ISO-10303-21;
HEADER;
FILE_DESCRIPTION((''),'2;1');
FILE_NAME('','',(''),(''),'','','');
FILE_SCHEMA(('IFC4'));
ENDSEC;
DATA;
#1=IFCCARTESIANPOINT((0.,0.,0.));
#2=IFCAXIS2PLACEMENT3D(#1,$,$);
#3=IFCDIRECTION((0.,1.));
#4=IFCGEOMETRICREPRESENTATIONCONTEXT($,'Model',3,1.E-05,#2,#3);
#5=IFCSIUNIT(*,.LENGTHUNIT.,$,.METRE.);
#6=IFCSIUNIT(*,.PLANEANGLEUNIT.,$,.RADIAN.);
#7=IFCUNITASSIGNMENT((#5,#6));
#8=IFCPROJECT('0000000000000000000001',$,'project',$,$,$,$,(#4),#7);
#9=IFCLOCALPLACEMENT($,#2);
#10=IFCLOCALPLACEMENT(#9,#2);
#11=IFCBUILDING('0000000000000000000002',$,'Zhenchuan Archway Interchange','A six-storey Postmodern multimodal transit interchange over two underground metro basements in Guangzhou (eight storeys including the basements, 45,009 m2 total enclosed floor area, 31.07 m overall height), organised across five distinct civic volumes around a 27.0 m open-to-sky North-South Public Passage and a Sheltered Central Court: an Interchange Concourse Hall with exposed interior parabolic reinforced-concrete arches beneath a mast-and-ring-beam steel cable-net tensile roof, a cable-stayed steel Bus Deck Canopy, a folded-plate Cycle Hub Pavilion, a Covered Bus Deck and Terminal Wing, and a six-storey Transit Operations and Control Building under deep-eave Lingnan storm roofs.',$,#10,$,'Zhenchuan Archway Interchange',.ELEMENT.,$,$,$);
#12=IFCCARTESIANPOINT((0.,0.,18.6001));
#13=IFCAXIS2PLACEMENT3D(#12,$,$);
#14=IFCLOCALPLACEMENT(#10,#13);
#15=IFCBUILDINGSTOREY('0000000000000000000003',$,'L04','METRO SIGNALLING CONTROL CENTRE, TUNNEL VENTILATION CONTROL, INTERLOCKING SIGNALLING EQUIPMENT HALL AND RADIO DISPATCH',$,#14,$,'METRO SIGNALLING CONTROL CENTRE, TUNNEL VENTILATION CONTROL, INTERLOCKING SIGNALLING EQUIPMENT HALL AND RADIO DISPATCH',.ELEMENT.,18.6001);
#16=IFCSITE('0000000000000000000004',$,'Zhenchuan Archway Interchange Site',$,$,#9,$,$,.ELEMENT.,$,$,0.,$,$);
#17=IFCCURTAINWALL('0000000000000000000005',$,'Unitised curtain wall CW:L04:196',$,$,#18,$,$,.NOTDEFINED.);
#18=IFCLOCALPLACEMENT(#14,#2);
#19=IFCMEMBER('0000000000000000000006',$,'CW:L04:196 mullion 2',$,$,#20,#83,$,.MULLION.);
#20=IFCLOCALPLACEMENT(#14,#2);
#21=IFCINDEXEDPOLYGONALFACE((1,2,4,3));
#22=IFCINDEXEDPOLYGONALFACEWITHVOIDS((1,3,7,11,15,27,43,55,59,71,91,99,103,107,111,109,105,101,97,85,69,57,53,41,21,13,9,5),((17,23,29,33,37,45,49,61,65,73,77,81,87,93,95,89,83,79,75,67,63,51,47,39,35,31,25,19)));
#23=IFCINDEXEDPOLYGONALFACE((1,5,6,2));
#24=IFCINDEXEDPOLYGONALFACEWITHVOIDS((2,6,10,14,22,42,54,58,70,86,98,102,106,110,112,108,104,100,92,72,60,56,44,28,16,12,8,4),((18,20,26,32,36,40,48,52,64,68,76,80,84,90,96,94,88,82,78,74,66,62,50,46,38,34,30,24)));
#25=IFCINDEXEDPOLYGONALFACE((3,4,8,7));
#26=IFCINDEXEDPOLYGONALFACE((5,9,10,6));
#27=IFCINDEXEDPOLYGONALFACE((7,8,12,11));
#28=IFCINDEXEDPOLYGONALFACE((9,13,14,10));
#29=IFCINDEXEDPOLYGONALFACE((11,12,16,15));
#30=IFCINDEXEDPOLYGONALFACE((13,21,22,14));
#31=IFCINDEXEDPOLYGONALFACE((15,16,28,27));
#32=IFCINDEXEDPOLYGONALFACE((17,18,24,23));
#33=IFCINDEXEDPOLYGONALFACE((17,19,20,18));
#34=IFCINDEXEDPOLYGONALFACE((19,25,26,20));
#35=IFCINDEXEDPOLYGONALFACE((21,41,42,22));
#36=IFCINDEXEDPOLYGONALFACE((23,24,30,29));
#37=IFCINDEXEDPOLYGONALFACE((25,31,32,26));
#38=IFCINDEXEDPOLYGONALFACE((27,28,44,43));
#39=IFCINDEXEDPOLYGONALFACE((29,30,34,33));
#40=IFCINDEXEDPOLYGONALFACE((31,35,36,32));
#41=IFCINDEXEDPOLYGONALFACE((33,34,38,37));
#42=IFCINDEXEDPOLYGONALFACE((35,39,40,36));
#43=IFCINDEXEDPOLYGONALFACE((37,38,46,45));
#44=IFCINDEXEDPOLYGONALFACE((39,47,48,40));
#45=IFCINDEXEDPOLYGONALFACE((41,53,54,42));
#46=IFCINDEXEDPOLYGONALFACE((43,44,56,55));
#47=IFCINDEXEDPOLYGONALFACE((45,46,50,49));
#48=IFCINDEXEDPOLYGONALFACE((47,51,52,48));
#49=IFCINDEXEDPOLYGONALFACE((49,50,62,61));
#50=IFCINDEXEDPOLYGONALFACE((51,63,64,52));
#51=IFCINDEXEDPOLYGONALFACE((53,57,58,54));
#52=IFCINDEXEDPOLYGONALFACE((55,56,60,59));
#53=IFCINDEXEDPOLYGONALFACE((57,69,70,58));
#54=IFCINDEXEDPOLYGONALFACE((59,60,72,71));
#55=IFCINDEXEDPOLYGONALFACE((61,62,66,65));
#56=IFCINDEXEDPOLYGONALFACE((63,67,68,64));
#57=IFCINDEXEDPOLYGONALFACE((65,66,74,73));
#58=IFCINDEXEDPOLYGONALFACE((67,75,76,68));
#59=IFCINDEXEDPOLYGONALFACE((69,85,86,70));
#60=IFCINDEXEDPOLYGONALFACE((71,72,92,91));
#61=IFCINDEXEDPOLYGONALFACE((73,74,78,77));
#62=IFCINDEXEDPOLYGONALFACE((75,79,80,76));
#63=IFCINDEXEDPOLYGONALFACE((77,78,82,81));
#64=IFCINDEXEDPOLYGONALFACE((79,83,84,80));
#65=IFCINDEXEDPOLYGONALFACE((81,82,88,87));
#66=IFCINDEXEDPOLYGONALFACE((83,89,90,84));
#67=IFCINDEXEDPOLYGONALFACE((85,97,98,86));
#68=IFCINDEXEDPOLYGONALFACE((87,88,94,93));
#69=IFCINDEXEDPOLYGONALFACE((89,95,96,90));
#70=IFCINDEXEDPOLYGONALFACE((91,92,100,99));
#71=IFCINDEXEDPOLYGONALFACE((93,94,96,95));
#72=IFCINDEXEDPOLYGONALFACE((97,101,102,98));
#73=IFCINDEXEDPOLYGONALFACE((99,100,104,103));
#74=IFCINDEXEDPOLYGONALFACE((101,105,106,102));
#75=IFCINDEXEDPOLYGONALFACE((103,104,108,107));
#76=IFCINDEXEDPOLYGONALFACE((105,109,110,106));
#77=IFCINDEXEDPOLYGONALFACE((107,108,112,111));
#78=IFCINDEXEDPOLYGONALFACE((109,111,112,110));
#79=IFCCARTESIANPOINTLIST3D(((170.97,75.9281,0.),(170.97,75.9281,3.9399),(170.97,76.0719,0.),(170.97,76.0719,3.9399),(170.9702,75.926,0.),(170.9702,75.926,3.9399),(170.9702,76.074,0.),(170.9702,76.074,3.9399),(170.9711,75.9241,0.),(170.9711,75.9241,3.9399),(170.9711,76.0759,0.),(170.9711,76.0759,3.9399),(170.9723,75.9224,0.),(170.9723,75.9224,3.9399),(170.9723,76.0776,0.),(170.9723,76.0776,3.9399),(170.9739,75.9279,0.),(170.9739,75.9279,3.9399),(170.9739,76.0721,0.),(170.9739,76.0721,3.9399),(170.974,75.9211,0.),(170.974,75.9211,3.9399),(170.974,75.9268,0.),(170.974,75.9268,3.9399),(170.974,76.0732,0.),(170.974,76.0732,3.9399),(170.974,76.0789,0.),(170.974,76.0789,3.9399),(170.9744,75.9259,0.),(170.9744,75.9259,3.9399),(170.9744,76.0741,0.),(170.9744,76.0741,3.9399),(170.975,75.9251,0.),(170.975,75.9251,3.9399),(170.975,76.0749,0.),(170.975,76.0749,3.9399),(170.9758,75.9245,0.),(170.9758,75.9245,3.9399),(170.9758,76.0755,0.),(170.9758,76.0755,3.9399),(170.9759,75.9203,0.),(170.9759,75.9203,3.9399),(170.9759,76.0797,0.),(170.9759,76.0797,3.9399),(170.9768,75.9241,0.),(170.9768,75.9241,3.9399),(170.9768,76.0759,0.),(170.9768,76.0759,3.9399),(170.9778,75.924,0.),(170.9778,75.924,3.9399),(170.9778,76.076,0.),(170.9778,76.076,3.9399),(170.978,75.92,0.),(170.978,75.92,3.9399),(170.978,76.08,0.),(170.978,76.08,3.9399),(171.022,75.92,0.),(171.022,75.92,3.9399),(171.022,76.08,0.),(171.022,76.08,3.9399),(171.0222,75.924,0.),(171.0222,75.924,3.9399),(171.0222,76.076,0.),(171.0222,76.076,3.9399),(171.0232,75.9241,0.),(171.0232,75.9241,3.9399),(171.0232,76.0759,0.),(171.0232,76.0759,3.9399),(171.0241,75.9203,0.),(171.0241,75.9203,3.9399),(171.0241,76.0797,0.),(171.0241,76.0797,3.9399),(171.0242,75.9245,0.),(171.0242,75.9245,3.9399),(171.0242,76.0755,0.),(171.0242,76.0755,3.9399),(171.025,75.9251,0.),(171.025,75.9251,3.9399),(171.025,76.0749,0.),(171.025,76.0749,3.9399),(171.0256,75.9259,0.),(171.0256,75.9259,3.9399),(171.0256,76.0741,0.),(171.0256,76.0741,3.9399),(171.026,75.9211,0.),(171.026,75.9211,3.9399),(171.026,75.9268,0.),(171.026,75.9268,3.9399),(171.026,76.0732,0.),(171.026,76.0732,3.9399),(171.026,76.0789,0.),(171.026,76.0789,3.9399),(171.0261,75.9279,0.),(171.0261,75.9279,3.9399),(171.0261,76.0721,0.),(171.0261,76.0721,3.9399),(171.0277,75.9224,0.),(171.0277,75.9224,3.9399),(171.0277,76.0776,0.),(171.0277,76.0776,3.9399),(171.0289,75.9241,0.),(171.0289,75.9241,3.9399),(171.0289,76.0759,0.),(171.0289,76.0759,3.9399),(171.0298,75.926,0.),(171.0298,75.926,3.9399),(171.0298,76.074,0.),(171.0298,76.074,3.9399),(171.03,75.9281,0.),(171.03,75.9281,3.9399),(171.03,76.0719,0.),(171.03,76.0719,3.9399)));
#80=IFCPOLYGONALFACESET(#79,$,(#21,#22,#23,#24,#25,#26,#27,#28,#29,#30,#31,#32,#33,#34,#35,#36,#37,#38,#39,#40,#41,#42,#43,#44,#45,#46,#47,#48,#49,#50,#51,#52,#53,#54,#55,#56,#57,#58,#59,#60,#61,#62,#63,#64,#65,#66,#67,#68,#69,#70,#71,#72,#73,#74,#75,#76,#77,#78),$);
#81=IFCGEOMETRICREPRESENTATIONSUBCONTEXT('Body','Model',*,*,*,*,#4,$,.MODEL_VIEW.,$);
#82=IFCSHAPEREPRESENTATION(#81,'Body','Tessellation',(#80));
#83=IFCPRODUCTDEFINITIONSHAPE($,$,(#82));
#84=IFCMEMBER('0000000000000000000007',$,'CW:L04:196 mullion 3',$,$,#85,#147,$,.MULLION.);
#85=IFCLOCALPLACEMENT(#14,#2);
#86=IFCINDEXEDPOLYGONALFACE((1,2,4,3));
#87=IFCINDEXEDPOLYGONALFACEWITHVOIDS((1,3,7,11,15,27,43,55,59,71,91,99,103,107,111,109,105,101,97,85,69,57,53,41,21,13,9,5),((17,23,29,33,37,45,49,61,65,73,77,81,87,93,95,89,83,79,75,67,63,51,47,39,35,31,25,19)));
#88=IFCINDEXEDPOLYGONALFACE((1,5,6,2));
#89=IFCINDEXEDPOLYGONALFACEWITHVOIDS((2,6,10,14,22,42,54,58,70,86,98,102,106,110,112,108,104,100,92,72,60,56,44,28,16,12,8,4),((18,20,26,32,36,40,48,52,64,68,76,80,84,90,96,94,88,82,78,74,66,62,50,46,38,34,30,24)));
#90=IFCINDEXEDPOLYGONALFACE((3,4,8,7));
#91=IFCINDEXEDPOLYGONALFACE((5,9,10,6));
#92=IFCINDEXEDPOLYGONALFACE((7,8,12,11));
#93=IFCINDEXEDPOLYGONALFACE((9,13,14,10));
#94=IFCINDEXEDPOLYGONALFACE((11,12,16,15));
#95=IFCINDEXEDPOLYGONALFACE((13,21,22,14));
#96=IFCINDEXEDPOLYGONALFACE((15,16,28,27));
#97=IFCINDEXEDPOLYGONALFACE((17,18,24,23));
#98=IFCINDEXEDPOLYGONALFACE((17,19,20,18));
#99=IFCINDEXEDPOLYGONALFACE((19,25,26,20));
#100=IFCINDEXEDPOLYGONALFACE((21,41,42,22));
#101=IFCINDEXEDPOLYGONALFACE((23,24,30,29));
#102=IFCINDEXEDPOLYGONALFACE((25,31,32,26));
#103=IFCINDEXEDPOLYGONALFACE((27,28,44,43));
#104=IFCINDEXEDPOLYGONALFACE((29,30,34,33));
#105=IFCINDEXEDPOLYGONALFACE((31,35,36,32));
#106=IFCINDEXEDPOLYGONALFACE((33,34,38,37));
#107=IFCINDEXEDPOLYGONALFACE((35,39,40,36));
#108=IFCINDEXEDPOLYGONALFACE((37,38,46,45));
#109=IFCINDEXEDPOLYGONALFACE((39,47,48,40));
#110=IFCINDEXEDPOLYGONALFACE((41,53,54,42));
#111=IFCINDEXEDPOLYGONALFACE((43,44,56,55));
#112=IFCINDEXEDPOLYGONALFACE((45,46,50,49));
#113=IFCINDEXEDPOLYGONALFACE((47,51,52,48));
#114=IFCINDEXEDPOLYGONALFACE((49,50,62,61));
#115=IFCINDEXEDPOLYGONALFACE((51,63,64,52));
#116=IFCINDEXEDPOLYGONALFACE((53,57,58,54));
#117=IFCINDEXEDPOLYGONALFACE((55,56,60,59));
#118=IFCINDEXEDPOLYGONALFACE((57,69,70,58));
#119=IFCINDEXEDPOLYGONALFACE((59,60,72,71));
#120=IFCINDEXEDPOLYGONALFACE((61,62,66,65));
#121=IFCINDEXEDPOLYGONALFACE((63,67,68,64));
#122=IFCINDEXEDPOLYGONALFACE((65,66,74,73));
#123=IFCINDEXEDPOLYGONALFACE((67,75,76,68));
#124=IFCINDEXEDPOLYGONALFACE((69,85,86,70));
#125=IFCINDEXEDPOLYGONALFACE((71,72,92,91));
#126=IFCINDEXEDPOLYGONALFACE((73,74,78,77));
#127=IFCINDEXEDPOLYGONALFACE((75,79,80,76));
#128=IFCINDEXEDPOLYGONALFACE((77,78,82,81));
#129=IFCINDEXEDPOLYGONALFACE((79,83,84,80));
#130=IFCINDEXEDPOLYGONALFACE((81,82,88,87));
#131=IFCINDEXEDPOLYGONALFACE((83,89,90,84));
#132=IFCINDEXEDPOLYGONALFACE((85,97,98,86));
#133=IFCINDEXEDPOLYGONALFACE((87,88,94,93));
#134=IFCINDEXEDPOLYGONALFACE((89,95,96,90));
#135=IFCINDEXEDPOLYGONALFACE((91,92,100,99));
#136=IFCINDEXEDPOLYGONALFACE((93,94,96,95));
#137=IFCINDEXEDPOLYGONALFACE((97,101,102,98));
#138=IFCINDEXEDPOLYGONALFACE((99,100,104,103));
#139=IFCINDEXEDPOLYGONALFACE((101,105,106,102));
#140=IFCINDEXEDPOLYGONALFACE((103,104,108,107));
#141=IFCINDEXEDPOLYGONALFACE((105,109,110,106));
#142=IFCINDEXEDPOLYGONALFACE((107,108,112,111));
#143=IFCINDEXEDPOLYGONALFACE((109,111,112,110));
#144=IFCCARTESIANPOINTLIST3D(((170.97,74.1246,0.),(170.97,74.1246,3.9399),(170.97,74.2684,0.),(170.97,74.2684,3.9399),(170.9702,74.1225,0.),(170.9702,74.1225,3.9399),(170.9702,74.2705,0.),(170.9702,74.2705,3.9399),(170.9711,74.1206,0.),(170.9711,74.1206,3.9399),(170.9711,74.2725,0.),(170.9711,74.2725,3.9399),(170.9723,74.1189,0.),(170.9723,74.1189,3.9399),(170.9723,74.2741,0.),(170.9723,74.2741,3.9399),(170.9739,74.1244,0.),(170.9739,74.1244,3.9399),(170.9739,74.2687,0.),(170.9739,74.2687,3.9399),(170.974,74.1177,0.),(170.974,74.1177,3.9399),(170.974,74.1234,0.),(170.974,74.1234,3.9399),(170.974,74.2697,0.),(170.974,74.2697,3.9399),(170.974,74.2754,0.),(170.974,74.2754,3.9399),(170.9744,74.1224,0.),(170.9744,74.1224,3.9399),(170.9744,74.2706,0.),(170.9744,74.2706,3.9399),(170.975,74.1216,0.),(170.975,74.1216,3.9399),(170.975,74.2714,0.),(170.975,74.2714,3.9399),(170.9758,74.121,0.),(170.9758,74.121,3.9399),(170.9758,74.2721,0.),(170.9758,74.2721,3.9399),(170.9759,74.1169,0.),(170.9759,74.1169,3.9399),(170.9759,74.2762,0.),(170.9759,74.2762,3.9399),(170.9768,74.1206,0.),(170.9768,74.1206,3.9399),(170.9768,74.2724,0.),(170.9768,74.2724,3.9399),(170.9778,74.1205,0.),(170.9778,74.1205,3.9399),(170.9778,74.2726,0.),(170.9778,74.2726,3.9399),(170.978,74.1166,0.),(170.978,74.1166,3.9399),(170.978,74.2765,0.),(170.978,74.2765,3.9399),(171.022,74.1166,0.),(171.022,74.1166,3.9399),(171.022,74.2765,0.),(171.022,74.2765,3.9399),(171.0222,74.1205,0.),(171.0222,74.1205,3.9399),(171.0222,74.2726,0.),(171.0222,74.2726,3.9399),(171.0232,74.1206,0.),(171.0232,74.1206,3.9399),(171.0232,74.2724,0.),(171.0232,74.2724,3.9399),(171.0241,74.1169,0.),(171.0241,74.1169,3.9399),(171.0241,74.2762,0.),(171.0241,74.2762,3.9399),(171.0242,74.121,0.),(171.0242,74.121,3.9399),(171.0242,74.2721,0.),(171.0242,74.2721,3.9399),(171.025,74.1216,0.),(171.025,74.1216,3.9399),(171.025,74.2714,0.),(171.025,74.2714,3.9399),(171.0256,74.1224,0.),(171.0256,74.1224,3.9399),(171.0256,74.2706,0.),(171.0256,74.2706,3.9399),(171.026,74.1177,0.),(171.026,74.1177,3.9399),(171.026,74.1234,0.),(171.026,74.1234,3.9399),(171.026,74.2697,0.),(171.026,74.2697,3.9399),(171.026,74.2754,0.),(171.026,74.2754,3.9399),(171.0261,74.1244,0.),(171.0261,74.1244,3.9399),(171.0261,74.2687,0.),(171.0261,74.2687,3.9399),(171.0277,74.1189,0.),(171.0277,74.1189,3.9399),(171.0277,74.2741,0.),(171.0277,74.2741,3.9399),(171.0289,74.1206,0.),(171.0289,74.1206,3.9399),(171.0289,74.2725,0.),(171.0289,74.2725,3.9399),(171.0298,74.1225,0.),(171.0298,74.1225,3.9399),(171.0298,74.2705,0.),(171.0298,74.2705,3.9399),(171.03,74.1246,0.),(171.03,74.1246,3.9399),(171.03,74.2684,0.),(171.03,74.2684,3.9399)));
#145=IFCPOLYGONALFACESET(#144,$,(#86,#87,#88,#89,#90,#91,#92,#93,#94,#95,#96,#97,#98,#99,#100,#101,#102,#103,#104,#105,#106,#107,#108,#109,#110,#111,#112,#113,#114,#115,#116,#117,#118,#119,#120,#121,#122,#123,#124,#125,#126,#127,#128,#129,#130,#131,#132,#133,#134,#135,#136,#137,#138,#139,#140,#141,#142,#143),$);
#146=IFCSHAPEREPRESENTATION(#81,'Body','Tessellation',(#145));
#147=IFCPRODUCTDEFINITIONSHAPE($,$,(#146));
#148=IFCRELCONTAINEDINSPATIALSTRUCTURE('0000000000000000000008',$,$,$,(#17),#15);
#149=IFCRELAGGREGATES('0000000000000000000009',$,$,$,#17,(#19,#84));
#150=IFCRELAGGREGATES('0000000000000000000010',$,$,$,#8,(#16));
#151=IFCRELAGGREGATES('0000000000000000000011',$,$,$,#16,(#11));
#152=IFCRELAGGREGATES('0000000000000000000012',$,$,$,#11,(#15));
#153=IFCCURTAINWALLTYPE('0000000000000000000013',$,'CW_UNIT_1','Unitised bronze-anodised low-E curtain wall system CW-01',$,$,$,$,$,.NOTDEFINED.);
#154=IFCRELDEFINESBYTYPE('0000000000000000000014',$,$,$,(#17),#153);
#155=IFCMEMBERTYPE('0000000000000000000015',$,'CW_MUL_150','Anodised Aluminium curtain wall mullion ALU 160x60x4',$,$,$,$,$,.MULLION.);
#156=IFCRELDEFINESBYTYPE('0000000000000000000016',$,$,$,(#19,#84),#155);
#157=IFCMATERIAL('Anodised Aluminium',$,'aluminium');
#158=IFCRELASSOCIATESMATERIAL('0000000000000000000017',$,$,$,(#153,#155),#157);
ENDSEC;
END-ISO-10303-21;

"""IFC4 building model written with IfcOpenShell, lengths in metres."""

from ifc_helpers import new_model, si_unit, direction, frame, origin, origin_2d, place, context, subcontext, project, spatial, hollow_rectangle, extrude, material, material_profile, profile_set, type_object, element, aggregate, save


model = new_model("IFC4")

# Units and contexts
model_context = context("Model", 3, precision=1e-05, world=origin(), true_north=direction((0.0, 1.0)))
body_context = subcontext(model_context, "Body", "Model", "MODEL_VIEW")
ifc_project = project(units=[si_unit("LENGTHUNIT", "METRE"), si_unit("PLANEANGLEUNIT", "RADIAN")], contexts=[model_context])

# Site, building, storey
site_placement = place(None, origin())
site = spatial("IfcSite", under=ifc_project, at=site_placement, Name="Zhenchuan Archway Interchange Site", CompositionType="ELEMENT", RefElevation=0.0)
building_placement = place(site_placement, origin())
building = spatial("IfcBuilding", under=site, at=building_placement, Name="Zhenchuan Archway Interchange", Description="A six-storey Postmodern multimodal transit interchange over two underground metro basements in Guangzhou (eight storeys including the basements, 45,009 m2 total enclosed floor area, 31.07 m overall height), organised across five distinct civic volumes around a 27.0 m open-to-sky North-South Public Passage and a Sheltered Central Court: an Interchange Concourse Hall with exposed interior parabolic reinforced-concrete arches beneath a mast-and-ring-beam steel cable-net tensile roof, a cable-stayed steel Bus Deck Canopy, a folded-plate Cycle Hub Pavilion, a Covered Bus Deck and Terminal Wing, and a six-storey Transit Operations and Control Building under deep-eave Lingnan storm roofs.", LongName="Zhenchuan Archway Interchange", CompositionType="ELEMENT")
storey_placement = place(building_placement, frame((0.0, 0.0, 18.6001)))
storey = spatial("IfcBuildingStorey", under=building, at=storey_placement, Name="L04", Description="METRO SIGNALLING CONTROL CENTRE, TUNNEL VENTILATION CONTROL, INTERLOCKING SIGNALLING EQUIPMENT HALL AND RADIO DISPATCH", LongName="METRO SIGNALLING CONTROL CENTRE, TUNNEL VENTILATION CONTROL, INTERLOCKING SIGNALLING EQUIPMENT HALL AND RADIO DISPATCH", CompositionType="ELEMENT", Elevation=18.6001)

# Curtain wall, members
ifc_material_1 = material(Name="Anodised Aluminium", Category="aluminium")
curtain_wall_type = type_object("IfcCurtainWallType", Name="CW_UNIT_1", Description="Unitised bronze-anodised low-E curtain wall system CW-01", PredefinedType="NOTDEFINED", material=ifc_material_1)
curtain_wall_placement = place(storey_placement, origin())
curtain_wall = element("IfcCurtainWall", 1, at=curtain_wall_placement, inside=storey, type_object=curtain_wall_type, Name="Unitised curtain wall CW:L04:196", PredefinedType="NOTDEFINED")
ifc_material_profile_1 = material_profile(ifc_material_1, hollow_rectangle(XDim=0.0601, YDim=0.1599, WallThickness=0.0039, InnerFilletRadius=0.0039, OuterFilletRadius=0.0081, at=origin_2d()), Name="ALU 160x60x4")
ifc_profile_set_1 = profile_set([ifc_material_profile_1], Name="Anodised Aluminium")
member_type_1 = type_object("IfcMemberType", Name="CW_MUL_150", Description="Anodised Aluminium curtain wall mullion ALU 160x60x4", PredefinedType="MULLION", material=ifc_profile_set_1)
member_1_placement = place(storey_placement, frame((171.0, 76.0, 0.0), z_axis=(0.0, 0.0, 1.0), x_axis=(1.0, 0.0, 0.0)))
member_1 = element("IfcMember", 2, at=member_1_placement, type_object=member_type_1, Name="CW:L04:196 mullion 2", PredefinedType="MULLION", context=body_context, shape_type="SweptSolid", body=[
    extrude(hollow_rectangle(XDim=0.0601, YDim=0.1599, WallThickness=0.0039, InnerFilletRadius=0.0039, OuterFilletRadius=0.0081, at=origin_2d()), origin(), (0.0, 0.0, 1.0), 3.9399),
])
member_2_placement = place(storey_placement, frame((171.0, 74.1965, 0.0), z_axis=(0.0, 0.0, 1.0), x_axis=(1.0, 0.0, 0.0)))
member_2 = element("IfcMember", 3, at=member_2_placement, type_object=member_type_1, Name="CW:L04:196 mullion 3", PredefinedType="MULLION", context=body_context, shape_type="SweptSolid", body=[
    extrude(hollow_rectangle(XDim=0.0601, YDim=0.1599, WallThickness=0.0039, InnerFilletRadius=0.0039, OuterFilletRadius=0.0081, at=origin_2d()), origin(), (0.0, 0.0, 1.0), 3.9399),
])
aggregate(curtain_wall, [member_1, member_2])

save(model, "model.ifc")
